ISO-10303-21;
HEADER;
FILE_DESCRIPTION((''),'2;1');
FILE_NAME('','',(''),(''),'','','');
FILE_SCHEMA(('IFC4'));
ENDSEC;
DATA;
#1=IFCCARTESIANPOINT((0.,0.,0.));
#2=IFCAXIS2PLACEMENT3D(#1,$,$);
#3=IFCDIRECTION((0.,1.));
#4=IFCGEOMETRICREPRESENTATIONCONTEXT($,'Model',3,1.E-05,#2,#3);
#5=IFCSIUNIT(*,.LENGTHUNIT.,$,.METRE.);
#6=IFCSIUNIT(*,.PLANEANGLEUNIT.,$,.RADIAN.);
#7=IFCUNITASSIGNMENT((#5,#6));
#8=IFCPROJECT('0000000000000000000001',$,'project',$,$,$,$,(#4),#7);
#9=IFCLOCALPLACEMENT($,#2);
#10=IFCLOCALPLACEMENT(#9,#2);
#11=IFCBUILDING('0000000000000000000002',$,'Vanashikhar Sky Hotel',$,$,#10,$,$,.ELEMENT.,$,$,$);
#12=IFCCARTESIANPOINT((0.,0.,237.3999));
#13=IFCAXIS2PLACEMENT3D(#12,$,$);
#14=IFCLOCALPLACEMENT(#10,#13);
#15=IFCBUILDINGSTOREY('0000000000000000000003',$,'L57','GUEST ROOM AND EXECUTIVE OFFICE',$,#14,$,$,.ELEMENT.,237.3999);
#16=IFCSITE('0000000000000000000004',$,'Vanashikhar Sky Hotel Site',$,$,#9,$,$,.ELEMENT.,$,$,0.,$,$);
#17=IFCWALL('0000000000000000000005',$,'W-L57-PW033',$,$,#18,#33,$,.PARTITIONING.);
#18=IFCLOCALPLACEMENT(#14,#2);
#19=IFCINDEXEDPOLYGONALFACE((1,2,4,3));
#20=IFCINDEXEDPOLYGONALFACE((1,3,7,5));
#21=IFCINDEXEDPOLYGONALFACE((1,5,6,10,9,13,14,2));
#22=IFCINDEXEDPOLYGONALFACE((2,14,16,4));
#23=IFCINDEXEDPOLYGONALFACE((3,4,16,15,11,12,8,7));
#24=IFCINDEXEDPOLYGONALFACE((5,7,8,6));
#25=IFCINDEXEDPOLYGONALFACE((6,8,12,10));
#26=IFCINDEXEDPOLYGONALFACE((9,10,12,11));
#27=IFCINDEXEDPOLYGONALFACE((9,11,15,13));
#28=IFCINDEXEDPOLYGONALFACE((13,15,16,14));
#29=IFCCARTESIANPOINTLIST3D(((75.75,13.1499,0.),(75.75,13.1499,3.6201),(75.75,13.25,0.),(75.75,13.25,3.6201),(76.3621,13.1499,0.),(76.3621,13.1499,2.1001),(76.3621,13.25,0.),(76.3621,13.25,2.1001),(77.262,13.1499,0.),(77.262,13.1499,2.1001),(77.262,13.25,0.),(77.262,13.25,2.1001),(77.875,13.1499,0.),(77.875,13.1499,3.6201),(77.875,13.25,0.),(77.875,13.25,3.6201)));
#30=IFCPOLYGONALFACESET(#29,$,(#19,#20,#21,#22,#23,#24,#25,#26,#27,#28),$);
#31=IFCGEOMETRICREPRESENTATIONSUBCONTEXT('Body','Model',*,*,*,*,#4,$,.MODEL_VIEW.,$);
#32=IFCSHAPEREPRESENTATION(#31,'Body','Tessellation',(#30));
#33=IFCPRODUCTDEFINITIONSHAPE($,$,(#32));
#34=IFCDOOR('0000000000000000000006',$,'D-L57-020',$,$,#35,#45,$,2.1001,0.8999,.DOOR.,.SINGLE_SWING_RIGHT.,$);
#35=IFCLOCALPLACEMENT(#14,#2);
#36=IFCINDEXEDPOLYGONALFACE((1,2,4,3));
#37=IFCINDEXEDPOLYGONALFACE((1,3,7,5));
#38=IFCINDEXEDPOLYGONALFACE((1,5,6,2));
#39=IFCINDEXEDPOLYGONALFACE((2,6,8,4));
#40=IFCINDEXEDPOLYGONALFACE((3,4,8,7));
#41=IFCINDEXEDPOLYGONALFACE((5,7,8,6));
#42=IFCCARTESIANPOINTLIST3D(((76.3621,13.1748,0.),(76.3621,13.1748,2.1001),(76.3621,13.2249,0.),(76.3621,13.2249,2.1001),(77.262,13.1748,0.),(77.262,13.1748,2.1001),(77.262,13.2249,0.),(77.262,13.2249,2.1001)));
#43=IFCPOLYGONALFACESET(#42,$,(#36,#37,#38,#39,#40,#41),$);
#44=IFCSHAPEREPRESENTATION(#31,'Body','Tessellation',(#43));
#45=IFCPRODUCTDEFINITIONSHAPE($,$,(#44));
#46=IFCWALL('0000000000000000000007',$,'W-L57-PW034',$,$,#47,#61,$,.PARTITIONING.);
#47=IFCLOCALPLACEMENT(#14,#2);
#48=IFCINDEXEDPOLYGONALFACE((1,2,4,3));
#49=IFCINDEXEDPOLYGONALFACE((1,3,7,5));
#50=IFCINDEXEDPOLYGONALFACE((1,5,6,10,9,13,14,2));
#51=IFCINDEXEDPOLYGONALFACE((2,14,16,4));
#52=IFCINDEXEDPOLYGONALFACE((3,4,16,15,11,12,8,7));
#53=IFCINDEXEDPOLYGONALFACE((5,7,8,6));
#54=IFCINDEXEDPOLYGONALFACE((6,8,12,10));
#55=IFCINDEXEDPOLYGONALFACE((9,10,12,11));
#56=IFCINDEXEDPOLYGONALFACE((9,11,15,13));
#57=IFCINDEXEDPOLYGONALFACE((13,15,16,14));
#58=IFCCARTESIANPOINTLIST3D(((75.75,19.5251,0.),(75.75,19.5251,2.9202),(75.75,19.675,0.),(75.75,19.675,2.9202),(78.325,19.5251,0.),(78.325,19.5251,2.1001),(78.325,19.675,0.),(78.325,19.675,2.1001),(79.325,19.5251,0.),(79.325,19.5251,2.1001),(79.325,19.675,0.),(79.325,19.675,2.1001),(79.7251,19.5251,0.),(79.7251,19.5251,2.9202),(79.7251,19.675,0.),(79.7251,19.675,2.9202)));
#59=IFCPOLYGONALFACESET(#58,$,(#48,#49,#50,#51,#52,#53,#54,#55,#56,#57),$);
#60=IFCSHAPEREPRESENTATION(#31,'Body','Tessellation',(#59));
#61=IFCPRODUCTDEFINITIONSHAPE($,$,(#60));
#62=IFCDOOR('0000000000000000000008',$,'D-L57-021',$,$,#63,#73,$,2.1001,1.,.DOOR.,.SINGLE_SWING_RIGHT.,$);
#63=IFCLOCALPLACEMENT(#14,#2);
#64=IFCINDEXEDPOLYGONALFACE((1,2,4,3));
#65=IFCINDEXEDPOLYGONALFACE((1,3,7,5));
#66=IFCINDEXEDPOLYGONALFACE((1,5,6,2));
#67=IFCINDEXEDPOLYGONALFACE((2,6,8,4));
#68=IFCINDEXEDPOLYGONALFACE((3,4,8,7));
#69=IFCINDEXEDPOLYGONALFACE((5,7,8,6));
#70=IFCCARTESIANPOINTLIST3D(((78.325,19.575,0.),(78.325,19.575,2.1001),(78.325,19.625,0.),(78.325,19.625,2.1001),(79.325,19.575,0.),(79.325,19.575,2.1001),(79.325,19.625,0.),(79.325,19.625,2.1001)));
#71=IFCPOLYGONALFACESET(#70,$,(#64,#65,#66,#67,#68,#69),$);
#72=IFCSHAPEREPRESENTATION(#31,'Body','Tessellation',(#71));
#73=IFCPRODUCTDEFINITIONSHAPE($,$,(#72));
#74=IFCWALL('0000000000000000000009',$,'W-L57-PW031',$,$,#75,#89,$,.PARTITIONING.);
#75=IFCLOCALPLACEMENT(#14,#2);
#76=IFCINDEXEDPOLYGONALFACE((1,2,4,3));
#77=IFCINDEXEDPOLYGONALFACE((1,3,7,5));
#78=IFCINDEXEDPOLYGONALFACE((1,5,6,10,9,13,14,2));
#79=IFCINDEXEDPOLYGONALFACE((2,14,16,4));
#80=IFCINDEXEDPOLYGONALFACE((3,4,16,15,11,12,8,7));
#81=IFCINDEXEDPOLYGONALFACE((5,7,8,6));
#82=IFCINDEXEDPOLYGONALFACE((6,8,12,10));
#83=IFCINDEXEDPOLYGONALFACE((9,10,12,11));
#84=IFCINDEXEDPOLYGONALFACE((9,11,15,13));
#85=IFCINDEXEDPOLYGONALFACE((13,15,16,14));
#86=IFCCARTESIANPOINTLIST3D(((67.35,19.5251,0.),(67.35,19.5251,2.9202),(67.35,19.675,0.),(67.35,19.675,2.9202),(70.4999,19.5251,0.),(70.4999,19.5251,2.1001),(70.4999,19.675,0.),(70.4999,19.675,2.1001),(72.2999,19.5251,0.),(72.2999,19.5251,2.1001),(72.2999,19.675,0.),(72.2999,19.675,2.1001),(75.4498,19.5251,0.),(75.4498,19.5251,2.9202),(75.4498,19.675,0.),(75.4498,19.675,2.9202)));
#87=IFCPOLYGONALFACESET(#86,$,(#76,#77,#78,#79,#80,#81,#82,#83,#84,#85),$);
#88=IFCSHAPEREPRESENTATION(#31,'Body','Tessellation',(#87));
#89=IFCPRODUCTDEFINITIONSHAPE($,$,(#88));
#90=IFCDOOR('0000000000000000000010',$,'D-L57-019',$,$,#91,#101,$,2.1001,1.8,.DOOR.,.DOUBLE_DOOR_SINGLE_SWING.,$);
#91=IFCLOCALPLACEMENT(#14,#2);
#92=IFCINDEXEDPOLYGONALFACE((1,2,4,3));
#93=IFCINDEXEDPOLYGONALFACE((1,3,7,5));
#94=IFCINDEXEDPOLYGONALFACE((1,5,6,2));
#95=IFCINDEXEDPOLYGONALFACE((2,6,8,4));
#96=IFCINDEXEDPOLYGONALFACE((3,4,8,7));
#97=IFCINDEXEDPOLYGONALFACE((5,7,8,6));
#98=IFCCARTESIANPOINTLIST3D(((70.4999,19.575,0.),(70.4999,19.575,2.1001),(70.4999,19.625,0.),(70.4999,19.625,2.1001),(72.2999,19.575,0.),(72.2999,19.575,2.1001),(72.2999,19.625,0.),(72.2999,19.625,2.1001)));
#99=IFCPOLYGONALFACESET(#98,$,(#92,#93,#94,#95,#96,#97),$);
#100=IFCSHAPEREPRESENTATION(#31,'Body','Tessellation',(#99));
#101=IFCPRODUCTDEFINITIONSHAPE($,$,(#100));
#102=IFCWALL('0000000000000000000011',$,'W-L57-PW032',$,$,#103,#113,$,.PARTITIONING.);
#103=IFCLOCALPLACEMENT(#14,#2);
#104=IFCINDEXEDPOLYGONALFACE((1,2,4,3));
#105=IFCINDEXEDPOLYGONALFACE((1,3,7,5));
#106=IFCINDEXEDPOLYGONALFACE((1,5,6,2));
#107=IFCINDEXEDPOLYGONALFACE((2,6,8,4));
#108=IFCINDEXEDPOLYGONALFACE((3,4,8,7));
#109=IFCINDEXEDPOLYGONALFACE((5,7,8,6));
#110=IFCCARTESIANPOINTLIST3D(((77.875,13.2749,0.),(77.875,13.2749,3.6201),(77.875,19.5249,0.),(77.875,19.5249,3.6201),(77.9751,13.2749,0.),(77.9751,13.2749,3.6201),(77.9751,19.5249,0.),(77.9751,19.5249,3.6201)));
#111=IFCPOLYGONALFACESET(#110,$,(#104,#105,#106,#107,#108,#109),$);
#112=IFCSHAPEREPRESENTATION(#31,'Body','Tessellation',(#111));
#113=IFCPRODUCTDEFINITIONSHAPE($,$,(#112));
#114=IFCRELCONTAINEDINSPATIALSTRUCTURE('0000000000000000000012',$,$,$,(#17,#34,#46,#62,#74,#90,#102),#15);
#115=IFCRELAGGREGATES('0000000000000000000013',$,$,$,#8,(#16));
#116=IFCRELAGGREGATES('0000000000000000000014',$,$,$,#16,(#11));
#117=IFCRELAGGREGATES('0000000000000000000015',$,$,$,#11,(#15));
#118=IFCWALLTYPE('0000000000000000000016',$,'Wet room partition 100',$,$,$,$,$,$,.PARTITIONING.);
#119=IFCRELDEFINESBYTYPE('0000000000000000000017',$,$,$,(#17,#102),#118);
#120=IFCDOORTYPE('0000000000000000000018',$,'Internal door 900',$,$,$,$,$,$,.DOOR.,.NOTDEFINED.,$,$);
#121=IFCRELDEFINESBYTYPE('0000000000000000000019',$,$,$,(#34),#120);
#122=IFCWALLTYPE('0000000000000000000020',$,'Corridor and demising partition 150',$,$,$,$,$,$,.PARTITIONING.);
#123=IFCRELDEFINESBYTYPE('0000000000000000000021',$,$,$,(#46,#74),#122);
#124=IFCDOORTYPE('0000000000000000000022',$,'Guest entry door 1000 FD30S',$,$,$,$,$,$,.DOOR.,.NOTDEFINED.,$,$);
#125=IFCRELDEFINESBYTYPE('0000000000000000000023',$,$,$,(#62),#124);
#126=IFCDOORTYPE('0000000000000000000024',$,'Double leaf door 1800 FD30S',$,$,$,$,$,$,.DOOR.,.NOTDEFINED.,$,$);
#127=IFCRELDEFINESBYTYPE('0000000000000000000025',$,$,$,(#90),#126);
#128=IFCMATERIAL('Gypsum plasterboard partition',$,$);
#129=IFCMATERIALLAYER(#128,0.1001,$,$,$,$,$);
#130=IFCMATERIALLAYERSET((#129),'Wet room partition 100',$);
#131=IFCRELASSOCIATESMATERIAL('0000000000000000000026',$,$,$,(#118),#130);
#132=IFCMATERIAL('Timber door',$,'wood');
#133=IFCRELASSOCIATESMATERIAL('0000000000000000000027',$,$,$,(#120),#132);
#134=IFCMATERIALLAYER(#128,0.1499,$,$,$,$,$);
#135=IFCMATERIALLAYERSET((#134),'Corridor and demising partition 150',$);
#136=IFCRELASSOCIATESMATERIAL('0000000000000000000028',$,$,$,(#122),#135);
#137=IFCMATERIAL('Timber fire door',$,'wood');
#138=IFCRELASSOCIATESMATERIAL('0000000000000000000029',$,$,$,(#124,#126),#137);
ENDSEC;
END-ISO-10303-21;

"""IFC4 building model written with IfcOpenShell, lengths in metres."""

from ifc_helpers import new_model, si_unit, direction, frame, frame_2d, origin, place, context, subcontext, project, spatial, rectangle, extrude, source, transform, mapped, material, layer, layer_set, type_object, element, fill, save


model = new_model("IFC4")

# Units and contexts
model_context = context("Model", 3, precision=1e-05, world=origin(), true_north=direction((0.0, 1.0)))
body_context = subcontext(model_context, "Body", "Model", "MODEL_VIEW")
ifc_project = project(units=[si_unit("LENGTHUNIT", "METRE"), si_unit("PLANEANGLEUNIT", "RADIAN")], contexts=[model_context])

# Site, building, storey
site_placement = place(None, origin())
site = spatial("IfcSite", under=ifc_project, at=site_placement, Name="Vanashikhar Sky Hotel Site", CompositionType="ELEMENT", RefElevation=0.0)
building_placement = place(site_placement, origin())
building = spatial("IfcBuilding", under=site, at=building_placement, Name="Vanashikhar Sky Hotel", CompositionType="ELEMENT")
storey_placement = place(building_placement, frame((0.0, 0.0, 237.3999)))
storey = spatial("IfcBuildingStorey", under=building, at=storey_placement, Name="L57", Description="GUEST ROOM AND EXECUTIVE OFFICE", CompositionType="ELEMENT", Elevation=237.3999)

# Shared definitions
shared_shape_1 = source(origin(), body_context, "Body", "SweptSolid", [
    extrude(rectangle(XDim=1.0, YDim=2.1001, at=frame_2d((0.5, 1.05))), frame((0.0, 0.0249, 0.0), z_axis=(0.0, -1.0, 0.0), x_axis=(1.0, 0.0, 0.0)), (0.0, 0.0, 1.0), 0.05),
])

# Walls, openings, doors
ifc_material_1 = material(Name="Gypsum plasterboard partition")
ifc_layer_1 = layer(ifc_material_1, 0.1001)
ifc_layer_set_1 = layer_set([ifc_layer_1], Name="Wet room partition 100")
wall_type_1 = type_object("IfcWallType", Name="Wet room partition 100", PredefinedType="PARTITIONING", material=ifc_layer_set_1)
shared_shape_2 = source(origin(), body_context, "Body", "SweptSolid", [
    extrude(rectangle(XDim=2.125, YDim=0.1001, at=frame_2d((1.0625, 0.0))), origin(), (0.0, 0.0, 1.0), 3.6201),
])
wall_1_placement = place(storey_placement, frame((75.75, 13.2, 0.0), z_axis=(0.0, 0.0, 1.0), x_axis=(1.0, 0.0, 0.0)))
wall_1 = element("IfcWall", 1, at=wall_1_placement, inside=storey, type_object=wall_type_1, Name="W-L57-PW033", PredefinedType="PARTITIONING", context=body_context, shape_type="MappedRepresentation", body=[
    mapped(shared_shape_2, transform((0.0, 0.0, 0.0), scale=1.0)),
])
shared_shape_3 = source(origin(), body_context, "Body", "SweptSolid", [
    extrude(rectangle(XDim=0.8999, YDim=2.1001, at=frame_2d((0.45, 1.05))), frame((0.0, 0.0601, 0.0), z_axis=(0.0, -1.0, 0.0), x_axis=(1.0, 0.0, 0.0)), (0.0, 0.0, 1.0), 0.1201),
])
opening_1_placement = place(wall_1_placement, frame((0.6121, 0.0, 0.0)))
opening_1 = element("IfcOpeningElement", 2, at=opening_1_placement, cuts=wall_1, PredefinedType="OPENING", context=body_context, shape_type="MappedRepresentation", body=[
    mapped(shared_shape_3, transform((0.0, 0.0, 0.0), scale=1.0)),
])
ifc_material_2 = material(Name="Timber door", Category="wood")
door_type_1 = type_object("IfcDoorType", Name="Internal door 900", OperationType="NOTDEFINED", PredefinedType="DOOR", material=ifc_material_2)
shared_shape_4 = source(origin(), body_context, "Body", "SweptSolid", [
    extrude(rectangle(XDim=0.8999, YDim=2.1001, at=frame_2d((0.45, 1.05))), frame((0.0, 0.0249, 0.0), z_axis=(0.0, -1.0, 0.0), x_axis=(1.0, 0.0, 0.0)), (0.0, 0.0, 1.0), 0.05),
])
door_1_placement = place(opening_1_placement, origin())
door_1 = element("IfcDoor", 3, at=door_1_placement, inside=storey, type_object=door_type_1, Name="D-L57-020", OperationType="SINGLE_SWING_RIGHT", OverallHeight=2.1001, OverallWidth=0.8999, PredefinedType="DOOR", context=body_context, shape_type="MappedRepresentation", body=[
    mapped(shared_shape_4, transform((0.0, 0.0, 0.0), scale=1.0)),
])
fill(opening_1, door_1)
ifc_layer_2 = layer(ifc_material_1, 0.1499)
ifc_layer_set_2 = layer_set([ifc_layer_2], Name="Corridor and demising partition 150")
wall_type_2 = type_object("IfcWallType", Name="Corridor and demising partition 150", PredefinedType="PARTITIONING", material=ifc_layer_set_2)
shared_shape_5 = source(origin(), body_context, "Body", "SweptSolid", [
    extrude(rectangle(XDim=3.9751, YDim=0.1499, at=frame_2d((1.9875, 0.0))), origin(), (0.0, 0.0, 1.0), 2.9202),
])
wall_2_placement = place(storey_placement, frame((75.75, 19.6001, 0.0), z_axis=(0.0, 0.0, 1.0), x_axis=(1.0, 0.0, 0.0)))
wall_2 = element("IfcWall", 4, at=wall_2_placement, inside=storey, type_object=wall_type_2, Name="W-L57-PW034", PredefinedType="PARTITIONING", context=body_context, shape_type="MappedRepresentation", body=[
    mapped(shared_shape_5, transform((0.0, 0.0, 0.0), scale=1.0)),
])
shared_shape_6 = source(origin(), body_context, "Body", "SweptSolid", [
    extrude(rectangle(XDim=1.0, YDim=2.1001, at=frame_2d((0.5, 1.05))), frame((0.0, 0.085, 0.0), z_axis=(0.0, -1.0, 0.0), x_axis=(1.0, 0.0, 0.0)), (0.0, 0.0, 1.0), 0.1699),
])
opening_2_placement = place(wall_2_placement, frame((2.575, 0.0, 0.0)))
opening_2 = element("IfcOpeningElement", 5, at=opening_2_placement, cuts=wall_2, PredefinedType="OPENING", context=body_context, shape_type="MappedRepresentation", body=[
    mapped(shared_shape_6, transform((0.0, 0.0, 0.0), scale=1.0)),
])
ifc_material_3 = material(Name="Timber fire door", Category="wood")
door_type_2 = type_object("IfcDoorType", Name="Guest entry door 1000 FD30S", OperationType="NOTDEFINED", PredefinedType="DOOR", material=ifc_material_3)
door_2_placement = place(opening_2_placement, origin())
door_2 = element("IfcDoor", 6, at=door_2_placement, inside=storey, type_object=door_type_2, Name="D-L57-021", OperationType="SINGLE_SWING_RIGHT", OverallHeight=2.1001, OverallWidth=1.0, PredefinedType="DOOR", context=body_context, shape_type="MappedRepresentation", body=[
    mapped(shared_shape_1, transform((0.0, 0.0, 0.0), scale=1.0)),
])
fill(opening_2, door_2)
shared_shape_7 = source(origin(), body_context, "Body", "SweptSolid", [
    extrude(rectangle(XDim=8.0999, YDim=0.1499, at=frame_2d((4.0498, 0.0))), origin(), (0.0, 0.0, 1.0), 2.9202),
])
wall_3_placement = place(storey_placement, frame((67.3501, 19.6001, 0.0), z_axis=(0.0, 0.0, 1.0), x_axis=(1.0, 0.0, 0.0)))
wall_3 = element("IfcWall", 7, at=wall_3_placement, inside=storey, type_object=wall_type_2, Name="W-L57-PW031", PredefinedType="PARTITIONING", context=body_context, shape_type="MappedRepresentation", body=[
    mapped(shared_shape_7, transform((0.0, 0.0, 0.0), scale=1.0)),
])
shared_shape_8 = source(origin(), body_context, "Body", "SweptSolid", [
    extrude(rectangle(XDim=1.8, YDim=2.1001, at=frame_2d((0.8999, 1.05))), frame((0.0, 0.085, 0.0), z_axis=(0.0, -1.0, 0.0), x_axis=(1.0, 0.0, 0.0)), (0.0, 0.0, 1.0), 0.1699),
])
opening_3_placement = place(wall_3_placement, frame((3.1499, 0.0, 0.0)))
opening_3 = element("IfcOpeningElement", 8, at=opening_3_placement, cuts=wall_3, PredefinedType="OPENING", context=body_context, shape_type="MappedRepresentation", body=[
    mapped(shared_shape_8, transform((0.0, 0.0, 0.0), scale=1.0)),
])
door_type_3 = type_object("IfcDoorType", Name="Double leaf door 1800 FD30S", OperationType="NOTDEFINED", PredefinedType="DOOR", material=ifc_material_3)
shared_shape_9 = source(origin(), body_context, "Body", "SweptSolid", [
    extrude(rectangle(XDim=1.8, YDim=2.1001, at=frame_2d((0.8999, 1.05))), frame((0.0, 0.0249, 0.0), z_axis=(0.0, -1.0, 0.0), x_axis=(1.0, 0.0, 0.0)), (0.0, 0.0, 1.0), 0.05),
])
door_3_placement = place(opening_3_placement, origin())
door_3 = element("IfcDoor", 9, at=door_3_placement, inside=storey, type_object=door_type_3, Name="D-L57-019", OperationType="DOUBLE_DOOR_SINGLE_SWING", OverallHeight=2.1001, OverallWidth=1.8, PredefinedType="DOOR", context=body_context, shape_type="MappedRepresentation", body=[
    mapped(shared_shape_9, transform((0.0, 0.0, 0.0), scale=1.0)),
])
fill(opening_3, door_3)

# Wall
shared_shape_10 = source(origin(), body_context, "Body", "SweptSolid", [
    extrude(rectangle(XDim=6.25, YDim=0.1001, at=frame_2d((3.125, 0.0))), origin(), (0.0, 0.0, 1.0), 3.6201),
])
wall_4_placement = place(storey_placement, frame((77.925, 13.2749, 0.0), z_axis=(0.0, 0.0, 1.0), x_axis=(0.0, 1.0, 0.0)))
element("IfcWall", 10, at=wall_4_placement, inside=storey, type_object=wall_type_1, Name="W-L57-PW032", PredefinedType="PARTITIONING", context=body_context, shape_type="MappedRepresentation", body=[
    mapped(shared_shape_10, transform((0.0, 0.0, 0.0), scale=1.0)),
])

save(model, "model.ifc")
